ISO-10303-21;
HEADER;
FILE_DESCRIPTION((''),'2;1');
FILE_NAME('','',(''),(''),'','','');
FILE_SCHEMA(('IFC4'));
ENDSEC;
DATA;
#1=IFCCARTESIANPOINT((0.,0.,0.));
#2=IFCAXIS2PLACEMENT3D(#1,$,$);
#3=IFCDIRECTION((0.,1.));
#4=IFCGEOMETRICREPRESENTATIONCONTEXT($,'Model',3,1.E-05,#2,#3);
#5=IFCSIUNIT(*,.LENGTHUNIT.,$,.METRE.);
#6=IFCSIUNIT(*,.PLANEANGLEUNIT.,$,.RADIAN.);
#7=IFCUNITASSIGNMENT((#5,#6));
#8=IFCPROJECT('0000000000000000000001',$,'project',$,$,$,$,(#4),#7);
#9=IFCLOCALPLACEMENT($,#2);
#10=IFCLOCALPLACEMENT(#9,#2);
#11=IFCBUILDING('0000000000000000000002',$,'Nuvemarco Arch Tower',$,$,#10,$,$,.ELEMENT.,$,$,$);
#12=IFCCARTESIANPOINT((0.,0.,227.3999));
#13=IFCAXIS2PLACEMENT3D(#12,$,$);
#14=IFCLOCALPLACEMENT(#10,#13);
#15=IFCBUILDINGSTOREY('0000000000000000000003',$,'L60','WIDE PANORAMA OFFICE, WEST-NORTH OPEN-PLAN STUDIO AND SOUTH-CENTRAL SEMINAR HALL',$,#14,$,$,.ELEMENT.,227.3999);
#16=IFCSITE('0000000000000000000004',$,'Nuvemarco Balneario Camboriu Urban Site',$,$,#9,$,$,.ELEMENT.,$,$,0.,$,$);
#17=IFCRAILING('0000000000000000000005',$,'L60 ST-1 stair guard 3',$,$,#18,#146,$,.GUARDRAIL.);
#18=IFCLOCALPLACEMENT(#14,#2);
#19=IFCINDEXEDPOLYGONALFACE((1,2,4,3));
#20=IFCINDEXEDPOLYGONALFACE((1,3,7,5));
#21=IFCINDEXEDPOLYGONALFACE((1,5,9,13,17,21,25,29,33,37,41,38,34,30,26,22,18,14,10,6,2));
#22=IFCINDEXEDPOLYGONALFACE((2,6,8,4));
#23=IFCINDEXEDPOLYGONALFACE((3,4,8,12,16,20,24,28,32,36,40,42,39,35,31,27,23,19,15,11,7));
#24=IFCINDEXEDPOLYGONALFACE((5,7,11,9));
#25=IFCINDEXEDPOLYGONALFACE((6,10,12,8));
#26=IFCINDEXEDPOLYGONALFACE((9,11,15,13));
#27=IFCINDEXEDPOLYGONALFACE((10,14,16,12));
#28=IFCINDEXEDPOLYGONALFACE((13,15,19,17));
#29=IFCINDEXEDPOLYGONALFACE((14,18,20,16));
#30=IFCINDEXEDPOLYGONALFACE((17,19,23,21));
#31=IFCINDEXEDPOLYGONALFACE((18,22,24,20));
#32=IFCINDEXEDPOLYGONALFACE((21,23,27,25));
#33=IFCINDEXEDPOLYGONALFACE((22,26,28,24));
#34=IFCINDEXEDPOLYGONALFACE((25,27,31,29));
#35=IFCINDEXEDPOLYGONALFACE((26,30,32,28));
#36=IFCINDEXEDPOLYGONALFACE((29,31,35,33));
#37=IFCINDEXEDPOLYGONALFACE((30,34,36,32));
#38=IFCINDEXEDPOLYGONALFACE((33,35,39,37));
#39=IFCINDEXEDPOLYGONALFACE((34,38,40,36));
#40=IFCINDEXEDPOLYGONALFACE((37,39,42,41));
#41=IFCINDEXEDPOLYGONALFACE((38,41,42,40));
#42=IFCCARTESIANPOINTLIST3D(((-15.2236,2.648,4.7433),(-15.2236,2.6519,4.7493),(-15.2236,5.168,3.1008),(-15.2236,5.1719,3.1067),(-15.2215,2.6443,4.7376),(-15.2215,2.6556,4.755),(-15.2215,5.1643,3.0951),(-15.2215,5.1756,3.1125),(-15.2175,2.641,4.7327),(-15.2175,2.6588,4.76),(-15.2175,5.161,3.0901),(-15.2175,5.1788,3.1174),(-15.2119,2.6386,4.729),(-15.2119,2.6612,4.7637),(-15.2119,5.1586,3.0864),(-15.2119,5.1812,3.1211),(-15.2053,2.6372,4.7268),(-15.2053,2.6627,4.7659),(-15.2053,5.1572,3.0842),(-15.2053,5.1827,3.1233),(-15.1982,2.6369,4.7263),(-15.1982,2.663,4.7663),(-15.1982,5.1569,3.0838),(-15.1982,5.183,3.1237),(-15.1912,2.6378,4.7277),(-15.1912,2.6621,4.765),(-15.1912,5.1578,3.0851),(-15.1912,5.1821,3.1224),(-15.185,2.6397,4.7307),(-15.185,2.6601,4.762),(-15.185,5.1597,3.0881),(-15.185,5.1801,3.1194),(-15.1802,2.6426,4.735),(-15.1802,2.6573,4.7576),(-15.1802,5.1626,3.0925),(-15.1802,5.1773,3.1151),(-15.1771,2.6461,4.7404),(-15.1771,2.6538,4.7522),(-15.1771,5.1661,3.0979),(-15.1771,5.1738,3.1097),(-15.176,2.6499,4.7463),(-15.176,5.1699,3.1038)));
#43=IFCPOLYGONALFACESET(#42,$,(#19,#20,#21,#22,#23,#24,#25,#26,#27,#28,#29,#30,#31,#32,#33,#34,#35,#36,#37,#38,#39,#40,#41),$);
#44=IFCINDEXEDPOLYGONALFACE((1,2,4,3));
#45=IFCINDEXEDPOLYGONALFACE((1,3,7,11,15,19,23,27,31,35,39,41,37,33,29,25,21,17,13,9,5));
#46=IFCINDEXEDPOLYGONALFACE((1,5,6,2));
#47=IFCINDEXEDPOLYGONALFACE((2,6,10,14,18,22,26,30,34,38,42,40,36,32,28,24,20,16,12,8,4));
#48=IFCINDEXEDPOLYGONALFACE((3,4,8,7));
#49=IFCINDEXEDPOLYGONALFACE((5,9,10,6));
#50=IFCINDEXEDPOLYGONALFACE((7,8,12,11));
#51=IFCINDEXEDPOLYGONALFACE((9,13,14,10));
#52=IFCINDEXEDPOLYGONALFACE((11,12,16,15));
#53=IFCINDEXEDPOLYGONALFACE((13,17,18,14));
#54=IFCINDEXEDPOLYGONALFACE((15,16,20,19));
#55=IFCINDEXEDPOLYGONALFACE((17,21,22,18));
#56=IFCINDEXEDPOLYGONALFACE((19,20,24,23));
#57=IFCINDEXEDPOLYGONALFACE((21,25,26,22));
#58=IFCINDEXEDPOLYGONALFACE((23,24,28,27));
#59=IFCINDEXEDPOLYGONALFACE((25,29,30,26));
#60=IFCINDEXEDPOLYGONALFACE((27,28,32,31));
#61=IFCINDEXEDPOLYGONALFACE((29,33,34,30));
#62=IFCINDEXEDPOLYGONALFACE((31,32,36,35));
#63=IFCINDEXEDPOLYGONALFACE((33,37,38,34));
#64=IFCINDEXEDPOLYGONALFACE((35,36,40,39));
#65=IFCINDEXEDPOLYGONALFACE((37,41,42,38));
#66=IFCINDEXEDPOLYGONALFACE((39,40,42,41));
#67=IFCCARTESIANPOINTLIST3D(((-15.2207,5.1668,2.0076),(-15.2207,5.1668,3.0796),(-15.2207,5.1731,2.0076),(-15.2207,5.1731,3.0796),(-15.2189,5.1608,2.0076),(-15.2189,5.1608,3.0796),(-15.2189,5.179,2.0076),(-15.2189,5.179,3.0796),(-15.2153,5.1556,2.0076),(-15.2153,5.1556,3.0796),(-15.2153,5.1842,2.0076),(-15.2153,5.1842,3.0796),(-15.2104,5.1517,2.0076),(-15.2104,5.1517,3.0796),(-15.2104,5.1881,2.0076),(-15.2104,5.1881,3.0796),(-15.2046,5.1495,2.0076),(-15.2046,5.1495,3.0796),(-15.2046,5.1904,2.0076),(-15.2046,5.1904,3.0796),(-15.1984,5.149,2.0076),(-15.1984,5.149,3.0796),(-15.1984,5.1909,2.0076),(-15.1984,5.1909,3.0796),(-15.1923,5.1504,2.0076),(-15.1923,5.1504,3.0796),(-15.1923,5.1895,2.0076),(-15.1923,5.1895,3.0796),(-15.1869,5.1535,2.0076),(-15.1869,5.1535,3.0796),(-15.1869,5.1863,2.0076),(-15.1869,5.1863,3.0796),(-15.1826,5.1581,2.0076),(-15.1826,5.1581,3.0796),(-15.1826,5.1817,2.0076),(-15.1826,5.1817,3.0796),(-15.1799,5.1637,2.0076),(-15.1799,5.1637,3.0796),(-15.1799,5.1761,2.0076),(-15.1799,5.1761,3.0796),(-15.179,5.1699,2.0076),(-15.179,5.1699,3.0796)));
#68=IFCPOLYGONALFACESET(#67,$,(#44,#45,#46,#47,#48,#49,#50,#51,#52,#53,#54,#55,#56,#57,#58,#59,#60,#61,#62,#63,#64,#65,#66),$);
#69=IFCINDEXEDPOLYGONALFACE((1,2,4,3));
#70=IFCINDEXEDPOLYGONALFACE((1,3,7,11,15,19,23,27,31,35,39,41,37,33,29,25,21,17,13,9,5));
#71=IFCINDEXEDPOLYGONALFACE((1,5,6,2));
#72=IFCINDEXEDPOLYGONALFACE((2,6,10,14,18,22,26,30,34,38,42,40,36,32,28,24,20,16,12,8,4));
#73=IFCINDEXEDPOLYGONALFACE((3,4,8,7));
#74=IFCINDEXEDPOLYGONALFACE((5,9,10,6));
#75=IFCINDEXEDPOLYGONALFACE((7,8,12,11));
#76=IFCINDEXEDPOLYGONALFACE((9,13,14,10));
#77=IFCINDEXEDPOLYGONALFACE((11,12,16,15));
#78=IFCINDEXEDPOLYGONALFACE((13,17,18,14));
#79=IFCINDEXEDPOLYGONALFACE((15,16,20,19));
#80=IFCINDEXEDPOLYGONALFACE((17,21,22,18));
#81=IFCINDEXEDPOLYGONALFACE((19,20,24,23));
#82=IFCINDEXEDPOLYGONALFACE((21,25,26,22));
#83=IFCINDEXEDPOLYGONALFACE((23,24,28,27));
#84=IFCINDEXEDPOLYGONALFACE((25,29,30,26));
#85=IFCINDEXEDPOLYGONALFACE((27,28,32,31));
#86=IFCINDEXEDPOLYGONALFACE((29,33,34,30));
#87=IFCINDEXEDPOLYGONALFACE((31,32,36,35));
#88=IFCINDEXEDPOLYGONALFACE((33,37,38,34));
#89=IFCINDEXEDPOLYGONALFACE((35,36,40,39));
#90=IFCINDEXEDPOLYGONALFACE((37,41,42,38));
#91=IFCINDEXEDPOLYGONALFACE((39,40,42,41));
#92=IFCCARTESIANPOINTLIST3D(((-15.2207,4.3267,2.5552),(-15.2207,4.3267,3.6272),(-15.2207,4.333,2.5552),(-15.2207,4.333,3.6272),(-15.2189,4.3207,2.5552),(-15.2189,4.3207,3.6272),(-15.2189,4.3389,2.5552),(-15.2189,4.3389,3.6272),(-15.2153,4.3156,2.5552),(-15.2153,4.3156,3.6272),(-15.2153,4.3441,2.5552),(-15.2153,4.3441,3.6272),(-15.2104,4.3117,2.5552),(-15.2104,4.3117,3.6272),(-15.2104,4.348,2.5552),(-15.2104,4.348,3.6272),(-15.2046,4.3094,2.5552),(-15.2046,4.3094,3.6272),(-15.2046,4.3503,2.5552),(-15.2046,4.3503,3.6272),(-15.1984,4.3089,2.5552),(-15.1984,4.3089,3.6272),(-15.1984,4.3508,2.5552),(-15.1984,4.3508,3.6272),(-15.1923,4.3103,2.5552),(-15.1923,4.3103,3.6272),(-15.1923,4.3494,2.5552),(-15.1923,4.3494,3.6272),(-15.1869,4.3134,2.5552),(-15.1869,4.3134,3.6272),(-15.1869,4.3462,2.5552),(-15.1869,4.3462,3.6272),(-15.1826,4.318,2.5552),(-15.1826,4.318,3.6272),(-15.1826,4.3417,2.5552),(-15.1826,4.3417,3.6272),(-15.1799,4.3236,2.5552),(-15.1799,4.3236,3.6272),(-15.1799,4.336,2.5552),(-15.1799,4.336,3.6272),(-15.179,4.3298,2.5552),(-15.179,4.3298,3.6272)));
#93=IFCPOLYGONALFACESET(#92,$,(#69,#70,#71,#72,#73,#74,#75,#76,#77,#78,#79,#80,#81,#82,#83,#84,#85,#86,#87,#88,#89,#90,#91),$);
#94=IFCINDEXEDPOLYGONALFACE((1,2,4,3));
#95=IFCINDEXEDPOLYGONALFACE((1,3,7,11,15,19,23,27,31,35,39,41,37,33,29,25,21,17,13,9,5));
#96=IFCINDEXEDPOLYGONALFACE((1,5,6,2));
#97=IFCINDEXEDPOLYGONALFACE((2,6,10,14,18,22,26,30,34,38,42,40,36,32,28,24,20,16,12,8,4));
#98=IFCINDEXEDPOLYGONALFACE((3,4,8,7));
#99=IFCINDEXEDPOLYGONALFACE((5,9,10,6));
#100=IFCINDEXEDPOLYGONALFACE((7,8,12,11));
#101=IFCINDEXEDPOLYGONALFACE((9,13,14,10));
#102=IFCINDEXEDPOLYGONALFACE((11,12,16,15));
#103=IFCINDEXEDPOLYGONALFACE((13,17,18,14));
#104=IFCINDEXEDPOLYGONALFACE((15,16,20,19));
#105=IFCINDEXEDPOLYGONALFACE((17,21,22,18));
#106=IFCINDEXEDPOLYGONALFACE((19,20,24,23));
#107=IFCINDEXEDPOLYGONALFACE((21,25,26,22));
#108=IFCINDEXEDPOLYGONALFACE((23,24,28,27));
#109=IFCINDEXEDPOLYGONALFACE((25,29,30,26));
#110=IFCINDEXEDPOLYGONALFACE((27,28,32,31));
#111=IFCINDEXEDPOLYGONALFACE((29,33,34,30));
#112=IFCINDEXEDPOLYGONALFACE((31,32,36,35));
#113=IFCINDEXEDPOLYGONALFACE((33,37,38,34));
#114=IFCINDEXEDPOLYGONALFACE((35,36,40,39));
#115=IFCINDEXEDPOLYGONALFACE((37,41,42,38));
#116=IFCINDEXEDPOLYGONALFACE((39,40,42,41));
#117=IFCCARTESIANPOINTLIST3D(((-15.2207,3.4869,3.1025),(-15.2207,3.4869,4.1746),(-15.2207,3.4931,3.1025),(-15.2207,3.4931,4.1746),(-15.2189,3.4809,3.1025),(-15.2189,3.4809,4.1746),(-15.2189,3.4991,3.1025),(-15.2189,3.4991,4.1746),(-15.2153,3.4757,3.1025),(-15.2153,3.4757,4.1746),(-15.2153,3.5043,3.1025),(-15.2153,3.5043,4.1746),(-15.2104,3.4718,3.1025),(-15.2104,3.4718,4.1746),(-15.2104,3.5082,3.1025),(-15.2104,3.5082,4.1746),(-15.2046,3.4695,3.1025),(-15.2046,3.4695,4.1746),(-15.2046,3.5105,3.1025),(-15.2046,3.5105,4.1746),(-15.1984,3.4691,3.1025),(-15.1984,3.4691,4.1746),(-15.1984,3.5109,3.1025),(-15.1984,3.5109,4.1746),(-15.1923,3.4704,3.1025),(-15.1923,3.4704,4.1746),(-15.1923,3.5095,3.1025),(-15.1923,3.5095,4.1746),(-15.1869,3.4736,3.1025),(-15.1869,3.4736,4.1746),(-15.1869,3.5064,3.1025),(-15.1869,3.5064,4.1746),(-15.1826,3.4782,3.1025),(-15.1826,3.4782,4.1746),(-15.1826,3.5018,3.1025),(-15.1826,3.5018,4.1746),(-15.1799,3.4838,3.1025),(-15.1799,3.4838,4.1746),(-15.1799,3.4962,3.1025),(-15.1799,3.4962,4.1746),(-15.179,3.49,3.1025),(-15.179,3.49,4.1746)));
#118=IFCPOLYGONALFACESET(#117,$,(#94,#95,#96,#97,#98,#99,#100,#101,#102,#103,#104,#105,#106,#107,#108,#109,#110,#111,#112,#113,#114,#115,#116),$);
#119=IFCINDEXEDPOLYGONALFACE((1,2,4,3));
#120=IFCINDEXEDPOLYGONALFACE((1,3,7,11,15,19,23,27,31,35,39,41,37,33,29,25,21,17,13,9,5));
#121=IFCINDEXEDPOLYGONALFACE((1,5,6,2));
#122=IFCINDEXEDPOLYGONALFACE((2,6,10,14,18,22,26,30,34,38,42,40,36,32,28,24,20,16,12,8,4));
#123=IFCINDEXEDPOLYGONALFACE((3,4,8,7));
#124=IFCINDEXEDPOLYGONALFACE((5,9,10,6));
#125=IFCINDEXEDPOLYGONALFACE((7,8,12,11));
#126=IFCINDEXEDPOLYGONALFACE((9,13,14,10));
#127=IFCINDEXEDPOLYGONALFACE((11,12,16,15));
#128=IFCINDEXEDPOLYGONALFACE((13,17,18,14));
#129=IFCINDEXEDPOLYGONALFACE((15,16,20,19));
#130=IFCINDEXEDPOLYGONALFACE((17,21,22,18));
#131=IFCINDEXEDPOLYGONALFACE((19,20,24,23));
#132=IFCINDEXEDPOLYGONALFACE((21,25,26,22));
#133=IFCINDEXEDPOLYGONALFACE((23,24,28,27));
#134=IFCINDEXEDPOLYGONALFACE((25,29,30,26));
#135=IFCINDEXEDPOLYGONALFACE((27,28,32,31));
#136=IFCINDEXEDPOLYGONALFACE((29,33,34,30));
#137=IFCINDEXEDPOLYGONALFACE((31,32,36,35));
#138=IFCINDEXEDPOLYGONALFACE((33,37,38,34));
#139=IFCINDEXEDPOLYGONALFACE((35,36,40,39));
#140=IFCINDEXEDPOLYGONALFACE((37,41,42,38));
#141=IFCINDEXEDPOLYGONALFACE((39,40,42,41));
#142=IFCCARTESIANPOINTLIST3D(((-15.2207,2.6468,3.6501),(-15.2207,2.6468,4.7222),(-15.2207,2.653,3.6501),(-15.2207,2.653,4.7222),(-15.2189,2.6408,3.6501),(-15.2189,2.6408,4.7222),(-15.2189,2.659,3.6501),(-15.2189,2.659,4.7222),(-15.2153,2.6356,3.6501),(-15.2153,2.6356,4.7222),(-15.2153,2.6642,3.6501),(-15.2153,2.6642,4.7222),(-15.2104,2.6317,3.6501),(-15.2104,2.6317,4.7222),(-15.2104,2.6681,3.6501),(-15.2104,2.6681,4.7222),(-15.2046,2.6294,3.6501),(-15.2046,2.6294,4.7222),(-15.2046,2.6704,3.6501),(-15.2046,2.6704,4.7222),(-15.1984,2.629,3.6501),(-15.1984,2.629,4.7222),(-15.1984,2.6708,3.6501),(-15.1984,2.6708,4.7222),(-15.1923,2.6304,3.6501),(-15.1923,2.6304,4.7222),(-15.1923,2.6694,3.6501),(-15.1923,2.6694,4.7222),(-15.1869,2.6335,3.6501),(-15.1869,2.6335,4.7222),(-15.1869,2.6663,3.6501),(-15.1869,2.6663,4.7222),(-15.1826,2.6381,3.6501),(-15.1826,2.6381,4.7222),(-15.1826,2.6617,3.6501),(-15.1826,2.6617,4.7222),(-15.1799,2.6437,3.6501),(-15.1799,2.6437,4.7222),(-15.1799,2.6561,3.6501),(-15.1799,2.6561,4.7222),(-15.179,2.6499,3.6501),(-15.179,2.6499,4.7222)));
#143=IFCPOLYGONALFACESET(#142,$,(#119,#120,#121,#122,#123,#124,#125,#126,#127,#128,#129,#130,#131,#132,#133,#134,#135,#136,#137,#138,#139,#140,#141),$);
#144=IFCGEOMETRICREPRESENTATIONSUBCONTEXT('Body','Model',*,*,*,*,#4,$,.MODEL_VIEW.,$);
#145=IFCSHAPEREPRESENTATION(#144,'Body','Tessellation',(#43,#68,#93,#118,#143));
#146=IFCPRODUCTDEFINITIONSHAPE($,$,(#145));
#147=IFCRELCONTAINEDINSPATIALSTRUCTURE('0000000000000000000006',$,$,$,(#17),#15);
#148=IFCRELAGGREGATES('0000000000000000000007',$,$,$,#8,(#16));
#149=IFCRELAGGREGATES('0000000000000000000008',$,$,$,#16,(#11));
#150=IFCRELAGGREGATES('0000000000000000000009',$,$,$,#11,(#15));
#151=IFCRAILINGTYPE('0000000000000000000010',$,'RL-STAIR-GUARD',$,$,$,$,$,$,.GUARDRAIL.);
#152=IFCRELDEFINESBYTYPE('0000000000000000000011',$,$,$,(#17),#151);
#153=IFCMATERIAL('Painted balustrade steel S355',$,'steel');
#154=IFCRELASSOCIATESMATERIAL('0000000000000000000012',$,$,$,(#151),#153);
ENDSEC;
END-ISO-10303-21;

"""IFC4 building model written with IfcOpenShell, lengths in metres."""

from ifc_helpers import new_model, si_unit, direction, frame, origin, origin_2d, place, context, subcontext, project, spatial, circle, extrude, material, type_object, element, save


model = new_model("IFC4")

# Units and contexts
model_context = context("Model", 3, precision=1e-05, world=origin(), true_north=direction((0.0, 1.0)))
body_context = subcontext(model_context, "Body", "Model", "MODEL_VIEW")
ifc_project = project(units=[si_unit("LENGTHUNIT", "METRE"), si_unit("PLANEANGLEUNIT", "RADIAN")], contexts=[model_context])

# Site, building, storey
site_placement = place(None, origin())
site = spatial("IfcSite", under=ifc_project, at=site_placement, Name="Nuvemarco Balneario Camboriu Urban Site", CompositionType="ELEMENT", RefElevation=0.0)
building_placement = place(site_placement, origin())
building = spatial("IfcBuilding", under=site, at=building_placement, Name="Nuvemarco Arch Tower", CompositionType="ELEMENT")
storey_placement = place(building_placement, frame((0.0, 0.0, 227.3999)))
storey = spatial("IfcBuildingStorey", under=building, at=storey_placement, Name="L60", Description="WIDE PANORAMA OFFICE, WEST-NORTH OPEN-PLAN STUDIO AND SOUTH-CENTRAL SEMINAR HALL", CompositionType="ELEMENT", Elevation=227.3999)

# Railing
ifc_material_1 = material(Name="Painted balustrade steel S355", Category="steel")
railing_type_1 = type_object("IfcRailingType", Name="RL-STAIR-GUARD", PredefinedType="GUARDRAIL", material=ifc_material_1)
railing_1_placement = place(storey_placement, frame((-15.2, 5.1699, 2.0076)))
element("IfcRailing", 1, at=railing_1_placement, inside=storey, type_object=railing_type_1, Name="L60 ST-1 stair guard 3", PredefinedType="GUARDRAIL", context=body_context, shape_type="SweptSolid", body=[
    extrude(circle(Radius=0.0239, at=origin_2d()), frame((0.0, 0.0, 1.0962), z_axis=(0.0, -0.837749, 0.546055), x_axis=(1.0, 0.0, 0.0)), (0.0, 0.0, 1.0), 3.0081),
    extrude(circle(Radius=0.021, at=origin_2d()), origin(), (0.0, 0.0, 1.0), 1.072),
    extrude(circle(Radius=0.021, at=origin_2d()), frame((0.0, -0.8401, 0.5476)), (0.0, 0.0, 1.0), 1.072),
    extrude(circle(Radius=0.021, at=origin_2d()), frame((0.0, -1.6799, 1.095)), (0.0, 0.0, 1.0), 1.072),
    extrude(circle(Radius=0.021, at=origin_2d()), frame((0.0, -2.52, 1.6426)), (0.0, 0.0, 1.0), 1.072),
])

save(model, "model.ifc")
